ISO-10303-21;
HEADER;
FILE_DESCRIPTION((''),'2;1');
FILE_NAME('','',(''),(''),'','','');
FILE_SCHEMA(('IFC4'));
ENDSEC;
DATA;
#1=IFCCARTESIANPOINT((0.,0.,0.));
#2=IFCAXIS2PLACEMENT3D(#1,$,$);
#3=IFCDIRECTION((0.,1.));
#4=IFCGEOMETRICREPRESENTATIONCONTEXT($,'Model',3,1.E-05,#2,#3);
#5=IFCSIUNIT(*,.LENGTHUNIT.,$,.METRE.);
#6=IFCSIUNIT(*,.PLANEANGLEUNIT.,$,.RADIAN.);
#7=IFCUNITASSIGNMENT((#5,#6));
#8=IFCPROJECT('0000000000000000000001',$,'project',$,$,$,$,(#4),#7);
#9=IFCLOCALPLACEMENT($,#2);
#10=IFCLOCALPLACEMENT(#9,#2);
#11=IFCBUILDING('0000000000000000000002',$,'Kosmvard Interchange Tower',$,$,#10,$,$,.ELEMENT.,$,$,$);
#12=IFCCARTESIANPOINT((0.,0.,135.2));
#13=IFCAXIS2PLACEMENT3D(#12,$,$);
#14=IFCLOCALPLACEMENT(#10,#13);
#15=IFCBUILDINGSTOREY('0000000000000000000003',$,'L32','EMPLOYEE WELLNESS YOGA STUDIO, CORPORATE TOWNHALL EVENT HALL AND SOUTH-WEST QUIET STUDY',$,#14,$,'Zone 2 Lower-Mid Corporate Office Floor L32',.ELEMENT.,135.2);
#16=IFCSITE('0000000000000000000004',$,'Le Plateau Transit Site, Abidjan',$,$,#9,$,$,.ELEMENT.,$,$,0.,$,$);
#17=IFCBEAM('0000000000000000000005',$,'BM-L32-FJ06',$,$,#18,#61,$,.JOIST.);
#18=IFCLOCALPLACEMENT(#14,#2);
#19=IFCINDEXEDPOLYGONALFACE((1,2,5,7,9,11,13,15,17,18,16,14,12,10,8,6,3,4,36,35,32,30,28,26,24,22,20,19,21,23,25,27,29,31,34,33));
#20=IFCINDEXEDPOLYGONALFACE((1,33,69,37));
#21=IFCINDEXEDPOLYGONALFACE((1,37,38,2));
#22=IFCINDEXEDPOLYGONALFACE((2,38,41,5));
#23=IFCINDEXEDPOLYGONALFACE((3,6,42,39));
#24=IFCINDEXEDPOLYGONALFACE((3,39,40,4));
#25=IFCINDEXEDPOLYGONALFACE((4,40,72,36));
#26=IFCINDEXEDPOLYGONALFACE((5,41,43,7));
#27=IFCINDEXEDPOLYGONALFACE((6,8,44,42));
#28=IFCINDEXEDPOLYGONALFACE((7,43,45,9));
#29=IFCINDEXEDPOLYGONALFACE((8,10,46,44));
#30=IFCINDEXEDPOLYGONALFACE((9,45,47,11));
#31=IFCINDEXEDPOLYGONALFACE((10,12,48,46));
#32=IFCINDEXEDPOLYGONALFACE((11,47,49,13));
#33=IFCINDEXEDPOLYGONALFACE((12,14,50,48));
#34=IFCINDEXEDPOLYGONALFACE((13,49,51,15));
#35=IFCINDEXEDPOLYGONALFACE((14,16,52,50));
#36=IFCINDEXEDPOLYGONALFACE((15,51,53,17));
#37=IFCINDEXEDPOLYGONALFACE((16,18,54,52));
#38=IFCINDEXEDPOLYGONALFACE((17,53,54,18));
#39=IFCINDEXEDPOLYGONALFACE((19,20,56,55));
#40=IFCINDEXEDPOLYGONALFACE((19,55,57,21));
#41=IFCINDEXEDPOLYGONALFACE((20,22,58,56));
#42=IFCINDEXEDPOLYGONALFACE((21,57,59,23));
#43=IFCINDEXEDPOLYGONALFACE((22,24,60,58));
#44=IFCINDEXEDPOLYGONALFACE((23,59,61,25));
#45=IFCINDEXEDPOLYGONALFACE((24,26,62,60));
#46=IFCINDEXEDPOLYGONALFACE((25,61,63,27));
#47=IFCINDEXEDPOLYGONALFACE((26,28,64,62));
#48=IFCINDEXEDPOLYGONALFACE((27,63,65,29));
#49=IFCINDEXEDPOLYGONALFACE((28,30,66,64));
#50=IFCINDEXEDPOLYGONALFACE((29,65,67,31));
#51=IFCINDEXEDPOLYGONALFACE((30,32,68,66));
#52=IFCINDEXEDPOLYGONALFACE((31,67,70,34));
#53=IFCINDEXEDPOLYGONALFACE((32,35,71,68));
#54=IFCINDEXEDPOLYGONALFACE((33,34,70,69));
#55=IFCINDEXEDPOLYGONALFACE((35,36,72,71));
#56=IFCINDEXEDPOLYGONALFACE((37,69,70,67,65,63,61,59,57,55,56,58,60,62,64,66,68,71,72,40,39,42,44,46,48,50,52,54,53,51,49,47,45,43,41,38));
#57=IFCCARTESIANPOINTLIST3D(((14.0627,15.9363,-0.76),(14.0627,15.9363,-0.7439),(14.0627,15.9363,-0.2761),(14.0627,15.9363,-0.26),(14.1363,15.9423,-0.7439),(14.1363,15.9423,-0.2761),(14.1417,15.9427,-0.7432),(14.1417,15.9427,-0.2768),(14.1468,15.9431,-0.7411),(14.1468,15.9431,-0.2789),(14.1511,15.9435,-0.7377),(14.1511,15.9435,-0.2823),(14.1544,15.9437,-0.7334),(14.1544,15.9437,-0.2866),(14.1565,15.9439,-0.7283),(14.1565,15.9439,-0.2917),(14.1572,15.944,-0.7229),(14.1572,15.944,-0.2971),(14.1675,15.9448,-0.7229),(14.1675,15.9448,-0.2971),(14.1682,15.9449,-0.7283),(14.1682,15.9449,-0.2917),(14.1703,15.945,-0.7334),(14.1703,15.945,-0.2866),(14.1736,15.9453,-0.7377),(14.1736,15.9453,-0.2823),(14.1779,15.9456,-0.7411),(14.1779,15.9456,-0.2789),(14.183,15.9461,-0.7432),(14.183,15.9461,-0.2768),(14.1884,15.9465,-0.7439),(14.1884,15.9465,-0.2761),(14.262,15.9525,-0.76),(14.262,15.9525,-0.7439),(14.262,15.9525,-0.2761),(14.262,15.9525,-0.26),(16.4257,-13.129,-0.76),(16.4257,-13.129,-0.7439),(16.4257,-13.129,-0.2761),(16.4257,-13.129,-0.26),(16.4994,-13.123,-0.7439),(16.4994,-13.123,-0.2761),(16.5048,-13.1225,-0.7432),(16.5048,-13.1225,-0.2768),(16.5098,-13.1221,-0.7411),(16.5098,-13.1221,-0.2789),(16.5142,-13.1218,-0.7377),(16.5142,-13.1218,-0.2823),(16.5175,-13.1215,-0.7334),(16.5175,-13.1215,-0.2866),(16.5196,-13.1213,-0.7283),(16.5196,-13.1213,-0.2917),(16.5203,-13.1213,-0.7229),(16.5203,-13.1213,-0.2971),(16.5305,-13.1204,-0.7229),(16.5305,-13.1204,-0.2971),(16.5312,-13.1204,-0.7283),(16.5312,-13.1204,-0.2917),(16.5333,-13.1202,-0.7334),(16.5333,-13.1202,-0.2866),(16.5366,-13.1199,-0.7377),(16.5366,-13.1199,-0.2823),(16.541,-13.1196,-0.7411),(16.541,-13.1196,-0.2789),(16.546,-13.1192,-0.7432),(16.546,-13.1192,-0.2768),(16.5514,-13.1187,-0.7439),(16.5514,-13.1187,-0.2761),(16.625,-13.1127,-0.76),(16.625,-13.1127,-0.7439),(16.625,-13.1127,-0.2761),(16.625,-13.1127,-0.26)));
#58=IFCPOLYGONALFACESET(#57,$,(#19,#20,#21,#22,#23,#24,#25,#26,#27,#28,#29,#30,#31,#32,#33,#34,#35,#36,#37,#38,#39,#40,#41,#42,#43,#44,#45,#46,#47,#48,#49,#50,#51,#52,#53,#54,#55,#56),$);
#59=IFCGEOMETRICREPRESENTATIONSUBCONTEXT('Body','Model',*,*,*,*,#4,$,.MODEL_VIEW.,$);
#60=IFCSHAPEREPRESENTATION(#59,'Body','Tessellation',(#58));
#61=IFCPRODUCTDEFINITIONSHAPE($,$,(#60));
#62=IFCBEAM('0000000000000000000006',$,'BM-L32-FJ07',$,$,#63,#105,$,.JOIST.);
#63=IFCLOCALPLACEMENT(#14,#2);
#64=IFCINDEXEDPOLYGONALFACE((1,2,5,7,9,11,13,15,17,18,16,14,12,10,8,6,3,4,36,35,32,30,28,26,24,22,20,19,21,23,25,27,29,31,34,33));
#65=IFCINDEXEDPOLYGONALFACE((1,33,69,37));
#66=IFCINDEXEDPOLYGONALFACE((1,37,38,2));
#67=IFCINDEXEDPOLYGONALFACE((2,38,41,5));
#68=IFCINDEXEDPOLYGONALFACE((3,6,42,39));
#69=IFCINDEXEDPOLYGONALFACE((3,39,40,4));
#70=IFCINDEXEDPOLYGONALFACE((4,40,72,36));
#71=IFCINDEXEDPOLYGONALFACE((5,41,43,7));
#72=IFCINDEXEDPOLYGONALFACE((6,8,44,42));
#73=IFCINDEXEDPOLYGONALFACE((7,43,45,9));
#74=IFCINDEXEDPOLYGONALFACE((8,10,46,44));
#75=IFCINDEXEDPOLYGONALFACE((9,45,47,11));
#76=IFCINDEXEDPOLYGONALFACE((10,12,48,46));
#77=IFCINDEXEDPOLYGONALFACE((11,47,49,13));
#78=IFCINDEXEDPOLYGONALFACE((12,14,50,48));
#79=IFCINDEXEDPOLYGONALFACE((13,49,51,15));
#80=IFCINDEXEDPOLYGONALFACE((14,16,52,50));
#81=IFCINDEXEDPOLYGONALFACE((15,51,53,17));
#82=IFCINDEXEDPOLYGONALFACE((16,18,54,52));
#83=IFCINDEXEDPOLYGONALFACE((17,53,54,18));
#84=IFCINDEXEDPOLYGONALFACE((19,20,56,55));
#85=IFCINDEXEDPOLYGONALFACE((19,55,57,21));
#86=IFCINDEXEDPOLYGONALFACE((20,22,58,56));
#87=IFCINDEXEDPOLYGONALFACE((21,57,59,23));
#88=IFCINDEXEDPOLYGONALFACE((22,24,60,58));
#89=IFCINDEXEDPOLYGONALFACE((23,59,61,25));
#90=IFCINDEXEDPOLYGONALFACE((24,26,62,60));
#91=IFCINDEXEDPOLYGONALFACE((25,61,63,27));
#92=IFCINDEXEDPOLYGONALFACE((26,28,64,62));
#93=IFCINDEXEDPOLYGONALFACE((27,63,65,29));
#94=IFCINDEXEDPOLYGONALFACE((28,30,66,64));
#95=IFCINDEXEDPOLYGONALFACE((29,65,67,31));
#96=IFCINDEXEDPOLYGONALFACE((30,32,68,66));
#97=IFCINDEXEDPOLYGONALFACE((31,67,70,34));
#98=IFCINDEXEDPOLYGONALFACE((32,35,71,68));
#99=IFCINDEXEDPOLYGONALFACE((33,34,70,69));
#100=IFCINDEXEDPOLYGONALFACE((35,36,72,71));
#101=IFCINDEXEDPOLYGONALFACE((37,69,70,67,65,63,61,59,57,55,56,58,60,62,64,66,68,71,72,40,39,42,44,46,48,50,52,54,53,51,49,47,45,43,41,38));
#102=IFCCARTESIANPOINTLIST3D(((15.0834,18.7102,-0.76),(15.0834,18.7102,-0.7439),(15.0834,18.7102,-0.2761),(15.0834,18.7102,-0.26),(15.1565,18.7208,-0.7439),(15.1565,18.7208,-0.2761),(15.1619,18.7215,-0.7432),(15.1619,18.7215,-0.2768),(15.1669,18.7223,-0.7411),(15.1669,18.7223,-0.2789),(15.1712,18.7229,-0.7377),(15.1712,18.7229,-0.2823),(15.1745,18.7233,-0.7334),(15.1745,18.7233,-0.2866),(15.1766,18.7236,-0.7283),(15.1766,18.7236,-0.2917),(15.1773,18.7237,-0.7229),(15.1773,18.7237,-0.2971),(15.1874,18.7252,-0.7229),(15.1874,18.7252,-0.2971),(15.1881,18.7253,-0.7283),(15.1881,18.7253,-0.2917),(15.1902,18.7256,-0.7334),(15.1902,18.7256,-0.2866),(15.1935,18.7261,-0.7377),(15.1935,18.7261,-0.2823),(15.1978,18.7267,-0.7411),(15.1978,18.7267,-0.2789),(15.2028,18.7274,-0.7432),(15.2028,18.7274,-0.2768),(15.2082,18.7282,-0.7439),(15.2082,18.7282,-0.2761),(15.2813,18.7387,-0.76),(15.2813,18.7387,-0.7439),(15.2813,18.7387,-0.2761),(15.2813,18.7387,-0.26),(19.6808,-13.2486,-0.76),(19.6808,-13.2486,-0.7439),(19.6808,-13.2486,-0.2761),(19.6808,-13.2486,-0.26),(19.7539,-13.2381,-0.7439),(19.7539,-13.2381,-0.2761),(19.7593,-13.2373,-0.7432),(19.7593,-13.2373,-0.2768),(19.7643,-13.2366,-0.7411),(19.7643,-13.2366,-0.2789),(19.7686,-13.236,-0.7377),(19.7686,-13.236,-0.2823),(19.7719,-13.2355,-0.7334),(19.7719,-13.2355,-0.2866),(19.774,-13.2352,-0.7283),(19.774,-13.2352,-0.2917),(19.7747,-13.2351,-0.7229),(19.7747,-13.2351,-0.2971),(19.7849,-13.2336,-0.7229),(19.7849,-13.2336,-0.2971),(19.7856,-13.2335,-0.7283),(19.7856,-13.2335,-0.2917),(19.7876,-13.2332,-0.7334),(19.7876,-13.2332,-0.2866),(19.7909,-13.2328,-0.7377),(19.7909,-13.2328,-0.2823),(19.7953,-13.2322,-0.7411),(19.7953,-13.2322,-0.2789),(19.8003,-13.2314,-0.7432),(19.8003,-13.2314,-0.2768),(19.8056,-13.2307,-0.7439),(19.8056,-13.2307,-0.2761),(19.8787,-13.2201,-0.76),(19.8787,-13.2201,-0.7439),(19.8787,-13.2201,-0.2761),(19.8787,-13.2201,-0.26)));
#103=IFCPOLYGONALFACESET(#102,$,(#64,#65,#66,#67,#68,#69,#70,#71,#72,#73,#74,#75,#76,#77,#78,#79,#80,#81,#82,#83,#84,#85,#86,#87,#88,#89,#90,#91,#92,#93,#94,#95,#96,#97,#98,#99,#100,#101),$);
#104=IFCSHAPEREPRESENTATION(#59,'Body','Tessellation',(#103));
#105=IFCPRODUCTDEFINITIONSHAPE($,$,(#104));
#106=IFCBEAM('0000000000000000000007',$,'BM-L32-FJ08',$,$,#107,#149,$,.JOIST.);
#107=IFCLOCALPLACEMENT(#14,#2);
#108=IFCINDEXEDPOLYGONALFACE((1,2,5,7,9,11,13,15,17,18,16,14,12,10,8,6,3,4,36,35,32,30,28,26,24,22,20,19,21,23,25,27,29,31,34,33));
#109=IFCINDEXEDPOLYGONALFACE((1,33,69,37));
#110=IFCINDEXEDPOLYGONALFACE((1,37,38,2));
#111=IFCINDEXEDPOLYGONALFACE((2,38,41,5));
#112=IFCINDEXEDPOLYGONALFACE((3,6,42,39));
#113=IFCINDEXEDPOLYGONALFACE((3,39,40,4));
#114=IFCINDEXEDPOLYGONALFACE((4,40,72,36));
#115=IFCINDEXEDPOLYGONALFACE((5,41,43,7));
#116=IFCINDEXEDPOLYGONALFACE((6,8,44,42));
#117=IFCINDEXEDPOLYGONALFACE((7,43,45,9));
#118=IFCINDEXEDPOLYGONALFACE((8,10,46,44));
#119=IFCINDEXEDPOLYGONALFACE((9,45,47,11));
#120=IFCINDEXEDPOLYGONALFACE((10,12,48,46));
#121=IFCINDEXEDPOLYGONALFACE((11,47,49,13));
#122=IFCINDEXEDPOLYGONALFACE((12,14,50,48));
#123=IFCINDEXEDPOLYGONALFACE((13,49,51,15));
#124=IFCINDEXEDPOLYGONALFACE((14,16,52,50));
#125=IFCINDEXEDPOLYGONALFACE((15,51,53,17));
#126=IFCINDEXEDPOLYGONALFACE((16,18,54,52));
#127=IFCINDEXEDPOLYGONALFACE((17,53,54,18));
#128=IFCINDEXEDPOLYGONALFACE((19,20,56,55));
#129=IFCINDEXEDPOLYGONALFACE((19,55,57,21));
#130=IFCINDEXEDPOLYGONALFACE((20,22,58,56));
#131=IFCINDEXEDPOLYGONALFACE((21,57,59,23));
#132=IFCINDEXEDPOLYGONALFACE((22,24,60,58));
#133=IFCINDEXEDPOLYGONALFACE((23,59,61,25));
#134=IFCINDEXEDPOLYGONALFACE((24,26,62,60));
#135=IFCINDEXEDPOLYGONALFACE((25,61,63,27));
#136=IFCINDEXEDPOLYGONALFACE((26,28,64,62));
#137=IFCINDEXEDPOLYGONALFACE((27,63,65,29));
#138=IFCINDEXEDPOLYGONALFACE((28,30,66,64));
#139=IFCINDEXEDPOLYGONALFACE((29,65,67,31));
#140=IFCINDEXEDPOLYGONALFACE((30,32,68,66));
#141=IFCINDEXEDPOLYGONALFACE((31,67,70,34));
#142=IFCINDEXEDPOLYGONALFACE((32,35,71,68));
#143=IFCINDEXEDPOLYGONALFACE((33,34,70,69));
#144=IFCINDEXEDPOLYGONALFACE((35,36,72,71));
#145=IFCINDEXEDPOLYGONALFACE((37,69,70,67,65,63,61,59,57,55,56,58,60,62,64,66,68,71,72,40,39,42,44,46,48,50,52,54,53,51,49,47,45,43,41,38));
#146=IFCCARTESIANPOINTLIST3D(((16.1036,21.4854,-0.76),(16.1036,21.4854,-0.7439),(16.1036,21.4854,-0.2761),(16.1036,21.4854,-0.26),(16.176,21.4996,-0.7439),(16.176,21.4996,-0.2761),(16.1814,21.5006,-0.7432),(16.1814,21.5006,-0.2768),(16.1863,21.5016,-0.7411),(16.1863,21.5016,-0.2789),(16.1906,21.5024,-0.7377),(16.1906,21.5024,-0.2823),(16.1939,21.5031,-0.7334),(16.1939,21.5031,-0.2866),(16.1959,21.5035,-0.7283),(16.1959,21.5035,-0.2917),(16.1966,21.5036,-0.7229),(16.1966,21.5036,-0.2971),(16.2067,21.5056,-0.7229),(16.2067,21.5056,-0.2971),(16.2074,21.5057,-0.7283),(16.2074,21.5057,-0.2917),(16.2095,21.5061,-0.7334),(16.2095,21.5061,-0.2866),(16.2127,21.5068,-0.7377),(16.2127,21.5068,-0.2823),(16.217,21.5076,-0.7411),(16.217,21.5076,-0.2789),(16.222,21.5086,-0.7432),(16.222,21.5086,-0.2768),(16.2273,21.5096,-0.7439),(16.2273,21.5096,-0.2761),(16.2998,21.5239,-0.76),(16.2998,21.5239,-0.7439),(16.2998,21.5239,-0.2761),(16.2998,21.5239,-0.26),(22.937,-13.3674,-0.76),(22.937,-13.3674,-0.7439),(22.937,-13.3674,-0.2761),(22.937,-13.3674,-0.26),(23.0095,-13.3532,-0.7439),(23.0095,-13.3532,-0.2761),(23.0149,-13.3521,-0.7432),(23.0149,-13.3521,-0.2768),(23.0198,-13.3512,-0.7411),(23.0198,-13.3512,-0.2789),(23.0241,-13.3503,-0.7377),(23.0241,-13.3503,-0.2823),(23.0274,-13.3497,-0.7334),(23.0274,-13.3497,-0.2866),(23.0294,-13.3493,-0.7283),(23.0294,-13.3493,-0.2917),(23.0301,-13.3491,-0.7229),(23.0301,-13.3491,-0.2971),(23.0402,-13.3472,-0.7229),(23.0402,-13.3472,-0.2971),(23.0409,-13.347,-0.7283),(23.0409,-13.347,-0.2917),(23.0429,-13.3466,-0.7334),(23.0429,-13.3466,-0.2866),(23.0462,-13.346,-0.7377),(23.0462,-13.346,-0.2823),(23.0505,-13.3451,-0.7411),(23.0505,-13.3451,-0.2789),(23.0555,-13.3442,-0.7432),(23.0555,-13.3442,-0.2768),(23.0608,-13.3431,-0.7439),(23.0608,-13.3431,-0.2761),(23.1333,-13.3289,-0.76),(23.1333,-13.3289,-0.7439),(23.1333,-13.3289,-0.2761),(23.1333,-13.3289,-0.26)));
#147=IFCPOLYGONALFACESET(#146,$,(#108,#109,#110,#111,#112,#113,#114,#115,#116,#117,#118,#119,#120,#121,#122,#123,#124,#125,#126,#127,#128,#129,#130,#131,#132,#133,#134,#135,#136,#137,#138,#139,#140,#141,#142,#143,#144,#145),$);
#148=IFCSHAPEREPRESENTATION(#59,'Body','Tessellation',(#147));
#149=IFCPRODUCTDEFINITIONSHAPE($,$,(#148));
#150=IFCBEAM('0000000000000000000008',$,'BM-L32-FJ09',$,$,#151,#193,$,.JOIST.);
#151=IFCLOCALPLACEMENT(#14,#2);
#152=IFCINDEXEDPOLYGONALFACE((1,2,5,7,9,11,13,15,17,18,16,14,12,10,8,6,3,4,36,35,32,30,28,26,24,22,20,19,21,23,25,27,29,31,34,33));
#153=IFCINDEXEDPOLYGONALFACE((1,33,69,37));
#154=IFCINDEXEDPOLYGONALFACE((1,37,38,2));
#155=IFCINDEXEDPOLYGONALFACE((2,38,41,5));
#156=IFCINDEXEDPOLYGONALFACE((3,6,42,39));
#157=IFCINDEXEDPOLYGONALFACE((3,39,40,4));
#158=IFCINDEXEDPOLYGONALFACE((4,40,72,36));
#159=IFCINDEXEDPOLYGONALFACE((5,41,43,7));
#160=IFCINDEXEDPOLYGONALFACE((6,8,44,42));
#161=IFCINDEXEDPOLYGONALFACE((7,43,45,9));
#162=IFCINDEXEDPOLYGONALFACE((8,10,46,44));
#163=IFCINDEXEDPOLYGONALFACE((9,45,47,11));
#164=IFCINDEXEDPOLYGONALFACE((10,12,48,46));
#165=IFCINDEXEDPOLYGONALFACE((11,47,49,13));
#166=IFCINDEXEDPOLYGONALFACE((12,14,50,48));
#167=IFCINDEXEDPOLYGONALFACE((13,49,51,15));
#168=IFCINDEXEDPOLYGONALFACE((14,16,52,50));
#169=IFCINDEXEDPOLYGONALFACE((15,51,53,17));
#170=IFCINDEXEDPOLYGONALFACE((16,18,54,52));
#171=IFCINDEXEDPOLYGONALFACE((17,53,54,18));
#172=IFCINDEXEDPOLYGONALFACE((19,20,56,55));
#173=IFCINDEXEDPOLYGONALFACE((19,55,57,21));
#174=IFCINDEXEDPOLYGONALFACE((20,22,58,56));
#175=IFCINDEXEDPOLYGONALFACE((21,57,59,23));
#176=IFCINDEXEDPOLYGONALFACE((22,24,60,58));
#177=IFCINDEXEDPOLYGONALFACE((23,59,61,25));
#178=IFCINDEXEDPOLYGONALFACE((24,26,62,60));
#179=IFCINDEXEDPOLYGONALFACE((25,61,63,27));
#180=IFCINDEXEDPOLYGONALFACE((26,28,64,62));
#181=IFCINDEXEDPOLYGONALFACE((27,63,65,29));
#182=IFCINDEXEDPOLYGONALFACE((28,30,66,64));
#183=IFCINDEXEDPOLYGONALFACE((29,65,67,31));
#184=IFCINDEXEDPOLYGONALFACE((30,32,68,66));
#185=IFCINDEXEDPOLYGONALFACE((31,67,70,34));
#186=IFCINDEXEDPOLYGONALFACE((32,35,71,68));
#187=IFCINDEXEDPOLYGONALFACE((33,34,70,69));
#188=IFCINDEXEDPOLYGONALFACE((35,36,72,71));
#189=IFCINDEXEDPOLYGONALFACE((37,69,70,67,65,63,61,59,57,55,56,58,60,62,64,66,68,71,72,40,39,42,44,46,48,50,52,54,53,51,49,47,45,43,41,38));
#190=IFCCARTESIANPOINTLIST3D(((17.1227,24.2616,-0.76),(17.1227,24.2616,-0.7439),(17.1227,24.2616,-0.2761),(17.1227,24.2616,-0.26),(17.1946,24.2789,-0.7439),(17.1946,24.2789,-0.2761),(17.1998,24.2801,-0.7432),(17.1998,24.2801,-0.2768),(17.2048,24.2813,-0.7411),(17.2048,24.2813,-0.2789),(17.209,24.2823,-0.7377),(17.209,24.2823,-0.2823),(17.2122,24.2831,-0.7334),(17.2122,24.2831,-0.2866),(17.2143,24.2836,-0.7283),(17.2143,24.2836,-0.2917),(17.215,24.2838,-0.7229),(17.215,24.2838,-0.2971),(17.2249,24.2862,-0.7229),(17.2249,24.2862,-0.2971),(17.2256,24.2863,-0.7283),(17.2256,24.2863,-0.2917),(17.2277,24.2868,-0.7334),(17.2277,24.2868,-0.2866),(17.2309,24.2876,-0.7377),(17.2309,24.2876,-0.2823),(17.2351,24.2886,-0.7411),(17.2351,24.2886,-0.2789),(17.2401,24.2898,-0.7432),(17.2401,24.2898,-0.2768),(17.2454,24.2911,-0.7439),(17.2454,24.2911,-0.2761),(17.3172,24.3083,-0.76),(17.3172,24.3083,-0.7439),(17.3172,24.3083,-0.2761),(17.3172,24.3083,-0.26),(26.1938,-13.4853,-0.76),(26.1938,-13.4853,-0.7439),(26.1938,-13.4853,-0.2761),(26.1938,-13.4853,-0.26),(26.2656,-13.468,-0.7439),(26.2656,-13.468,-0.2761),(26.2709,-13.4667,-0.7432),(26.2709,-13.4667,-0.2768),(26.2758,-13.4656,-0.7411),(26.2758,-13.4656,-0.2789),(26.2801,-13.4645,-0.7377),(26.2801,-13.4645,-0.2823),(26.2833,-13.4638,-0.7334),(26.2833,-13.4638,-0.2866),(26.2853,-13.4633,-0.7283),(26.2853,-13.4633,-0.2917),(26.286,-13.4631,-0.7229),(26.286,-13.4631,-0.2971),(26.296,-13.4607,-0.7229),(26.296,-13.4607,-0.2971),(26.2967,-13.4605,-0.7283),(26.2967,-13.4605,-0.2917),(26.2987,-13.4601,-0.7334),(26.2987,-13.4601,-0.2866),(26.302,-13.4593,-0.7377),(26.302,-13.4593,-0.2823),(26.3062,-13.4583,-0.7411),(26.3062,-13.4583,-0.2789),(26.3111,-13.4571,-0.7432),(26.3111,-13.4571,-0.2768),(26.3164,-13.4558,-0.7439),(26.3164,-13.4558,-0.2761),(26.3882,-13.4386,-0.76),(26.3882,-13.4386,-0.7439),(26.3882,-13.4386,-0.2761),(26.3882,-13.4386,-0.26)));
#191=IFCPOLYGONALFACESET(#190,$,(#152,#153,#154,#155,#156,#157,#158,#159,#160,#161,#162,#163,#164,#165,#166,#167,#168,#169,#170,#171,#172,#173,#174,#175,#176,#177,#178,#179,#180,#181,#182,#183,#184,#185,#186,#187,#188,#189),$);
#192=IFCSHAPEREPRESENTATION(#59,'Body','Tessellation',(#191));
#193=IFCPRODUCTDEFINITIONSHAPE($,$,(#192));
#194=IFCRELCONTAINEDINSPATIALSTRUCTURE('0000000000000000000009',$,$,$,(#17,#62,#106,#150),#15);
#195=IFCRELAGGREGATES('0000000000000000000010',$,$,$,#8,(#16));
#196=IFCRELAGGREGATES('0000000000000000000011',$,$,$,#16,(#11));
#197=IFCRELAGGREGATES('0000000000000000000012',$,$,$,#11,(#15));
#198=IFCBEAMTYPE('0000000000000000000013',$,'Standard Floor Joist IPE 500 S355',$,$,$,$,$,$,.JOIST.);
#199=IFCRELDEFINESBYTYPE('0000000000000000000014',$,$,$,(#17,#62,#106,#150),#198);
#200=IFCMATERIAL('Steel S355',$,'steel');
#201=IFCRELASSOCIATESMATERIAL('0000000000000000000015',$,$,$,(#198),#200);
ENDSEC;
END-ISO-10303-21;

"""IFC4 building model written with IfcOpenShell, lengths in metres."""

from ifc_helpers import new_model, si_unit, direction, frame, origin, origin_2d, place, context, subcontext, project, spatial, i_section, extrude, source, transform, mapped, material, material_profile, profile_set, type_object, element, save


model = new_model("IFC4")

# Units and contexts
model_context = context("Model", 3, precision=1e-05, world=origin(), true_north=direction((0.0, 1.0)))
body_context = subcontext(model_context, "Body", "Model", "MODEL_VIEW")
ifc_project = project(units=[si_unit("LENGTHUNIT", "METRE"), si_unit("PLANEANGLEUNIT", "RADIAN")], contexts=[model_context])

# Site, building, storey
site_placement = place(None, origin())
site = spatial("IfcSite", under=ifc_project, at=site_placement, Name="Le Plateau Transit Site, Abidjan", CompositionType="ELEMENT", RefElevation=0.0)
building_placement = place(site_placement, origin())
building = spatial("IfcBuilding", under=site, at=building_placement, Name="Kosmvard Interchange Tower", CompositionType="ELEMENT")
storey_placement = place(building_placement, frame((0.0, 0.0, 135.2)))
storey = spatial("IfcBuildingStorey", under=building, at=storey_placement, Name="L32", Description="EMPLOYEE WELLNESS YOGA STUDIO, CORPORATE TOWNHALL EVENT HALL AND SOUTH-WEST QUIET STUDY", LongName="Zone 2 Lower-Mid Corporate Office Floor L32", CompositionType="ELEMENT", Elevation=135.2)

# Beams
ifc_material_1 = material(Name="Steel S355", Category="steel")
ifc_material_profile_1 = material_profile(ifc_material_1, i_section(OverallWidth=0.2, OverallDepth=0.5, WebThickness=0.0103, FlangeThickness=0.0161, FilletRadius=0.021, at=origin_2d()), Name="IPE 500")
ifc_profile_set_1 = profile_set([ifc_material_profile_1], Name="Steel S355")
beam_type_1 = type_object("IfcBeamType", Name="Standard Floor Joist IPE 500 S355", PredefinedType="JOIST", material=ifc_profile_set_1)
shared_shape_1 = source(origin(), body_context, "Body", "SweptSolid", [
    extrude(i_section(OverallWidth=0.2, OverallDepth=0.5, WebThickness=0.0103, FlangeThickness=0.0161, FilletRadius=0.021, at=origin_2d()), origin(), (0.0, 0.0, 1.0), 29.1611),
])
beam_1_placement = place(storey_placement, frame((16.5254, -13.1208, -0.51), z_axis=(-0.081034, 0.996711, 0.0), x_axis=(-0.996711, -0.081034, 0.0)))
element("IfcBeam", 1, at=beam_1_placement, inside=storey, type_object=beam_type_1, Name="BM-L32-FJ06", PredefinedType="JOIST", context=body_context, shape_type="MappedRepresentation", body=[
    mapped(shared_shape_1, transform((0.0, 0.0, 0.0), scale=1.0)),
])
shared_shape_2 = source(origin(), body_context, "Body", "SweptSolid", [
    extrude(i_section(OverallWidth=0.2, OverallDepth=0.5, WebThickness=0.0103, FlangeThickness=0.0161, FilletRadius=0.021, at=origin_2d()), origin(), (0.0, 0.0, 1.0), 32.2878),
])
beam_2_placement = place(storey_placement, frame((19.7798, -13.2344, -0.51), z_axis=(-0.142389, 0.989811, 0.0), x_axis=(-0.989811, -0.142389, 0.0)))
element("IfcBeam", 2, at=beam_2_placement, inside=storey, type_object=beam_type_1, Name="BM-L32-FJ07", PredefinedType="JOIST", context=body_context, shape_type="MappedRepresentation", body=[
    mapped(shared_shape_2, transform((0.0, 0.0, 0.0), scale=1.0)),
])
shared_shape_3 = source(origin(), body_context, "Body", "SweptSolid", [
    extrude(i_section(OverallWidth=0.2, OverallDepth=0.5, WebThickness=0.0103, FlangeThickness=0.0161, FilletRadius=0.021, at=origin_2d()), origin(), (0.0, 0.0, 1.0), 35.5164),
])
beam_3_placement = place(storey_placement, frame((23.0352, -13.3481, -0.51), z_axis=(-0.192404, 0.981316, 0.0), x_axis=(-0.981316, -0.192404, 0.0)))
element("IfcBeam", 3, at=beam_3_placement, inside=storey, type_object=beam_type_1, Name="BM-L32-FJ08", PredefinedType="JOIST", context=body_context, shape_type="MappedRepresentation", body=[
    mapped(shared_shape_3, transform((0.0, 0.0, 0.0), scale=1.0)),
])
shared_shape_4 = source(origin(), body_context, "Body", "SweptSolid", [
    extrude(i_section(OverallWidth=0.2, OverallDepth=0.5, WebThickness=0.0103, FlangeThickness=0.0161, FilletRadius=0.021, at=origin_2d()), origin(), (0.0, 0.0, 1.0), 38.8215),
])
beam_4_placement = place(storey_placement, frame((26.291, -13.4619, -0.51), z_axis=(-0.233661, 0.972318, 0.0), x_axis=(-0.972318, -0.233661, 0.0)))
element("IfcBeam", 4, at=beam_4_placement, inside=storey, type_object=beam_type_1, Name="BM-L32-FJ09", PredefinedType="JOIST", context=body_context, shape_type="MappedRepresentation", body=[
    mapped(shared_shape_4, transform((0.0, 0.0, 0.0), scale=1.0)),
])

save(model, "model.ifc")
